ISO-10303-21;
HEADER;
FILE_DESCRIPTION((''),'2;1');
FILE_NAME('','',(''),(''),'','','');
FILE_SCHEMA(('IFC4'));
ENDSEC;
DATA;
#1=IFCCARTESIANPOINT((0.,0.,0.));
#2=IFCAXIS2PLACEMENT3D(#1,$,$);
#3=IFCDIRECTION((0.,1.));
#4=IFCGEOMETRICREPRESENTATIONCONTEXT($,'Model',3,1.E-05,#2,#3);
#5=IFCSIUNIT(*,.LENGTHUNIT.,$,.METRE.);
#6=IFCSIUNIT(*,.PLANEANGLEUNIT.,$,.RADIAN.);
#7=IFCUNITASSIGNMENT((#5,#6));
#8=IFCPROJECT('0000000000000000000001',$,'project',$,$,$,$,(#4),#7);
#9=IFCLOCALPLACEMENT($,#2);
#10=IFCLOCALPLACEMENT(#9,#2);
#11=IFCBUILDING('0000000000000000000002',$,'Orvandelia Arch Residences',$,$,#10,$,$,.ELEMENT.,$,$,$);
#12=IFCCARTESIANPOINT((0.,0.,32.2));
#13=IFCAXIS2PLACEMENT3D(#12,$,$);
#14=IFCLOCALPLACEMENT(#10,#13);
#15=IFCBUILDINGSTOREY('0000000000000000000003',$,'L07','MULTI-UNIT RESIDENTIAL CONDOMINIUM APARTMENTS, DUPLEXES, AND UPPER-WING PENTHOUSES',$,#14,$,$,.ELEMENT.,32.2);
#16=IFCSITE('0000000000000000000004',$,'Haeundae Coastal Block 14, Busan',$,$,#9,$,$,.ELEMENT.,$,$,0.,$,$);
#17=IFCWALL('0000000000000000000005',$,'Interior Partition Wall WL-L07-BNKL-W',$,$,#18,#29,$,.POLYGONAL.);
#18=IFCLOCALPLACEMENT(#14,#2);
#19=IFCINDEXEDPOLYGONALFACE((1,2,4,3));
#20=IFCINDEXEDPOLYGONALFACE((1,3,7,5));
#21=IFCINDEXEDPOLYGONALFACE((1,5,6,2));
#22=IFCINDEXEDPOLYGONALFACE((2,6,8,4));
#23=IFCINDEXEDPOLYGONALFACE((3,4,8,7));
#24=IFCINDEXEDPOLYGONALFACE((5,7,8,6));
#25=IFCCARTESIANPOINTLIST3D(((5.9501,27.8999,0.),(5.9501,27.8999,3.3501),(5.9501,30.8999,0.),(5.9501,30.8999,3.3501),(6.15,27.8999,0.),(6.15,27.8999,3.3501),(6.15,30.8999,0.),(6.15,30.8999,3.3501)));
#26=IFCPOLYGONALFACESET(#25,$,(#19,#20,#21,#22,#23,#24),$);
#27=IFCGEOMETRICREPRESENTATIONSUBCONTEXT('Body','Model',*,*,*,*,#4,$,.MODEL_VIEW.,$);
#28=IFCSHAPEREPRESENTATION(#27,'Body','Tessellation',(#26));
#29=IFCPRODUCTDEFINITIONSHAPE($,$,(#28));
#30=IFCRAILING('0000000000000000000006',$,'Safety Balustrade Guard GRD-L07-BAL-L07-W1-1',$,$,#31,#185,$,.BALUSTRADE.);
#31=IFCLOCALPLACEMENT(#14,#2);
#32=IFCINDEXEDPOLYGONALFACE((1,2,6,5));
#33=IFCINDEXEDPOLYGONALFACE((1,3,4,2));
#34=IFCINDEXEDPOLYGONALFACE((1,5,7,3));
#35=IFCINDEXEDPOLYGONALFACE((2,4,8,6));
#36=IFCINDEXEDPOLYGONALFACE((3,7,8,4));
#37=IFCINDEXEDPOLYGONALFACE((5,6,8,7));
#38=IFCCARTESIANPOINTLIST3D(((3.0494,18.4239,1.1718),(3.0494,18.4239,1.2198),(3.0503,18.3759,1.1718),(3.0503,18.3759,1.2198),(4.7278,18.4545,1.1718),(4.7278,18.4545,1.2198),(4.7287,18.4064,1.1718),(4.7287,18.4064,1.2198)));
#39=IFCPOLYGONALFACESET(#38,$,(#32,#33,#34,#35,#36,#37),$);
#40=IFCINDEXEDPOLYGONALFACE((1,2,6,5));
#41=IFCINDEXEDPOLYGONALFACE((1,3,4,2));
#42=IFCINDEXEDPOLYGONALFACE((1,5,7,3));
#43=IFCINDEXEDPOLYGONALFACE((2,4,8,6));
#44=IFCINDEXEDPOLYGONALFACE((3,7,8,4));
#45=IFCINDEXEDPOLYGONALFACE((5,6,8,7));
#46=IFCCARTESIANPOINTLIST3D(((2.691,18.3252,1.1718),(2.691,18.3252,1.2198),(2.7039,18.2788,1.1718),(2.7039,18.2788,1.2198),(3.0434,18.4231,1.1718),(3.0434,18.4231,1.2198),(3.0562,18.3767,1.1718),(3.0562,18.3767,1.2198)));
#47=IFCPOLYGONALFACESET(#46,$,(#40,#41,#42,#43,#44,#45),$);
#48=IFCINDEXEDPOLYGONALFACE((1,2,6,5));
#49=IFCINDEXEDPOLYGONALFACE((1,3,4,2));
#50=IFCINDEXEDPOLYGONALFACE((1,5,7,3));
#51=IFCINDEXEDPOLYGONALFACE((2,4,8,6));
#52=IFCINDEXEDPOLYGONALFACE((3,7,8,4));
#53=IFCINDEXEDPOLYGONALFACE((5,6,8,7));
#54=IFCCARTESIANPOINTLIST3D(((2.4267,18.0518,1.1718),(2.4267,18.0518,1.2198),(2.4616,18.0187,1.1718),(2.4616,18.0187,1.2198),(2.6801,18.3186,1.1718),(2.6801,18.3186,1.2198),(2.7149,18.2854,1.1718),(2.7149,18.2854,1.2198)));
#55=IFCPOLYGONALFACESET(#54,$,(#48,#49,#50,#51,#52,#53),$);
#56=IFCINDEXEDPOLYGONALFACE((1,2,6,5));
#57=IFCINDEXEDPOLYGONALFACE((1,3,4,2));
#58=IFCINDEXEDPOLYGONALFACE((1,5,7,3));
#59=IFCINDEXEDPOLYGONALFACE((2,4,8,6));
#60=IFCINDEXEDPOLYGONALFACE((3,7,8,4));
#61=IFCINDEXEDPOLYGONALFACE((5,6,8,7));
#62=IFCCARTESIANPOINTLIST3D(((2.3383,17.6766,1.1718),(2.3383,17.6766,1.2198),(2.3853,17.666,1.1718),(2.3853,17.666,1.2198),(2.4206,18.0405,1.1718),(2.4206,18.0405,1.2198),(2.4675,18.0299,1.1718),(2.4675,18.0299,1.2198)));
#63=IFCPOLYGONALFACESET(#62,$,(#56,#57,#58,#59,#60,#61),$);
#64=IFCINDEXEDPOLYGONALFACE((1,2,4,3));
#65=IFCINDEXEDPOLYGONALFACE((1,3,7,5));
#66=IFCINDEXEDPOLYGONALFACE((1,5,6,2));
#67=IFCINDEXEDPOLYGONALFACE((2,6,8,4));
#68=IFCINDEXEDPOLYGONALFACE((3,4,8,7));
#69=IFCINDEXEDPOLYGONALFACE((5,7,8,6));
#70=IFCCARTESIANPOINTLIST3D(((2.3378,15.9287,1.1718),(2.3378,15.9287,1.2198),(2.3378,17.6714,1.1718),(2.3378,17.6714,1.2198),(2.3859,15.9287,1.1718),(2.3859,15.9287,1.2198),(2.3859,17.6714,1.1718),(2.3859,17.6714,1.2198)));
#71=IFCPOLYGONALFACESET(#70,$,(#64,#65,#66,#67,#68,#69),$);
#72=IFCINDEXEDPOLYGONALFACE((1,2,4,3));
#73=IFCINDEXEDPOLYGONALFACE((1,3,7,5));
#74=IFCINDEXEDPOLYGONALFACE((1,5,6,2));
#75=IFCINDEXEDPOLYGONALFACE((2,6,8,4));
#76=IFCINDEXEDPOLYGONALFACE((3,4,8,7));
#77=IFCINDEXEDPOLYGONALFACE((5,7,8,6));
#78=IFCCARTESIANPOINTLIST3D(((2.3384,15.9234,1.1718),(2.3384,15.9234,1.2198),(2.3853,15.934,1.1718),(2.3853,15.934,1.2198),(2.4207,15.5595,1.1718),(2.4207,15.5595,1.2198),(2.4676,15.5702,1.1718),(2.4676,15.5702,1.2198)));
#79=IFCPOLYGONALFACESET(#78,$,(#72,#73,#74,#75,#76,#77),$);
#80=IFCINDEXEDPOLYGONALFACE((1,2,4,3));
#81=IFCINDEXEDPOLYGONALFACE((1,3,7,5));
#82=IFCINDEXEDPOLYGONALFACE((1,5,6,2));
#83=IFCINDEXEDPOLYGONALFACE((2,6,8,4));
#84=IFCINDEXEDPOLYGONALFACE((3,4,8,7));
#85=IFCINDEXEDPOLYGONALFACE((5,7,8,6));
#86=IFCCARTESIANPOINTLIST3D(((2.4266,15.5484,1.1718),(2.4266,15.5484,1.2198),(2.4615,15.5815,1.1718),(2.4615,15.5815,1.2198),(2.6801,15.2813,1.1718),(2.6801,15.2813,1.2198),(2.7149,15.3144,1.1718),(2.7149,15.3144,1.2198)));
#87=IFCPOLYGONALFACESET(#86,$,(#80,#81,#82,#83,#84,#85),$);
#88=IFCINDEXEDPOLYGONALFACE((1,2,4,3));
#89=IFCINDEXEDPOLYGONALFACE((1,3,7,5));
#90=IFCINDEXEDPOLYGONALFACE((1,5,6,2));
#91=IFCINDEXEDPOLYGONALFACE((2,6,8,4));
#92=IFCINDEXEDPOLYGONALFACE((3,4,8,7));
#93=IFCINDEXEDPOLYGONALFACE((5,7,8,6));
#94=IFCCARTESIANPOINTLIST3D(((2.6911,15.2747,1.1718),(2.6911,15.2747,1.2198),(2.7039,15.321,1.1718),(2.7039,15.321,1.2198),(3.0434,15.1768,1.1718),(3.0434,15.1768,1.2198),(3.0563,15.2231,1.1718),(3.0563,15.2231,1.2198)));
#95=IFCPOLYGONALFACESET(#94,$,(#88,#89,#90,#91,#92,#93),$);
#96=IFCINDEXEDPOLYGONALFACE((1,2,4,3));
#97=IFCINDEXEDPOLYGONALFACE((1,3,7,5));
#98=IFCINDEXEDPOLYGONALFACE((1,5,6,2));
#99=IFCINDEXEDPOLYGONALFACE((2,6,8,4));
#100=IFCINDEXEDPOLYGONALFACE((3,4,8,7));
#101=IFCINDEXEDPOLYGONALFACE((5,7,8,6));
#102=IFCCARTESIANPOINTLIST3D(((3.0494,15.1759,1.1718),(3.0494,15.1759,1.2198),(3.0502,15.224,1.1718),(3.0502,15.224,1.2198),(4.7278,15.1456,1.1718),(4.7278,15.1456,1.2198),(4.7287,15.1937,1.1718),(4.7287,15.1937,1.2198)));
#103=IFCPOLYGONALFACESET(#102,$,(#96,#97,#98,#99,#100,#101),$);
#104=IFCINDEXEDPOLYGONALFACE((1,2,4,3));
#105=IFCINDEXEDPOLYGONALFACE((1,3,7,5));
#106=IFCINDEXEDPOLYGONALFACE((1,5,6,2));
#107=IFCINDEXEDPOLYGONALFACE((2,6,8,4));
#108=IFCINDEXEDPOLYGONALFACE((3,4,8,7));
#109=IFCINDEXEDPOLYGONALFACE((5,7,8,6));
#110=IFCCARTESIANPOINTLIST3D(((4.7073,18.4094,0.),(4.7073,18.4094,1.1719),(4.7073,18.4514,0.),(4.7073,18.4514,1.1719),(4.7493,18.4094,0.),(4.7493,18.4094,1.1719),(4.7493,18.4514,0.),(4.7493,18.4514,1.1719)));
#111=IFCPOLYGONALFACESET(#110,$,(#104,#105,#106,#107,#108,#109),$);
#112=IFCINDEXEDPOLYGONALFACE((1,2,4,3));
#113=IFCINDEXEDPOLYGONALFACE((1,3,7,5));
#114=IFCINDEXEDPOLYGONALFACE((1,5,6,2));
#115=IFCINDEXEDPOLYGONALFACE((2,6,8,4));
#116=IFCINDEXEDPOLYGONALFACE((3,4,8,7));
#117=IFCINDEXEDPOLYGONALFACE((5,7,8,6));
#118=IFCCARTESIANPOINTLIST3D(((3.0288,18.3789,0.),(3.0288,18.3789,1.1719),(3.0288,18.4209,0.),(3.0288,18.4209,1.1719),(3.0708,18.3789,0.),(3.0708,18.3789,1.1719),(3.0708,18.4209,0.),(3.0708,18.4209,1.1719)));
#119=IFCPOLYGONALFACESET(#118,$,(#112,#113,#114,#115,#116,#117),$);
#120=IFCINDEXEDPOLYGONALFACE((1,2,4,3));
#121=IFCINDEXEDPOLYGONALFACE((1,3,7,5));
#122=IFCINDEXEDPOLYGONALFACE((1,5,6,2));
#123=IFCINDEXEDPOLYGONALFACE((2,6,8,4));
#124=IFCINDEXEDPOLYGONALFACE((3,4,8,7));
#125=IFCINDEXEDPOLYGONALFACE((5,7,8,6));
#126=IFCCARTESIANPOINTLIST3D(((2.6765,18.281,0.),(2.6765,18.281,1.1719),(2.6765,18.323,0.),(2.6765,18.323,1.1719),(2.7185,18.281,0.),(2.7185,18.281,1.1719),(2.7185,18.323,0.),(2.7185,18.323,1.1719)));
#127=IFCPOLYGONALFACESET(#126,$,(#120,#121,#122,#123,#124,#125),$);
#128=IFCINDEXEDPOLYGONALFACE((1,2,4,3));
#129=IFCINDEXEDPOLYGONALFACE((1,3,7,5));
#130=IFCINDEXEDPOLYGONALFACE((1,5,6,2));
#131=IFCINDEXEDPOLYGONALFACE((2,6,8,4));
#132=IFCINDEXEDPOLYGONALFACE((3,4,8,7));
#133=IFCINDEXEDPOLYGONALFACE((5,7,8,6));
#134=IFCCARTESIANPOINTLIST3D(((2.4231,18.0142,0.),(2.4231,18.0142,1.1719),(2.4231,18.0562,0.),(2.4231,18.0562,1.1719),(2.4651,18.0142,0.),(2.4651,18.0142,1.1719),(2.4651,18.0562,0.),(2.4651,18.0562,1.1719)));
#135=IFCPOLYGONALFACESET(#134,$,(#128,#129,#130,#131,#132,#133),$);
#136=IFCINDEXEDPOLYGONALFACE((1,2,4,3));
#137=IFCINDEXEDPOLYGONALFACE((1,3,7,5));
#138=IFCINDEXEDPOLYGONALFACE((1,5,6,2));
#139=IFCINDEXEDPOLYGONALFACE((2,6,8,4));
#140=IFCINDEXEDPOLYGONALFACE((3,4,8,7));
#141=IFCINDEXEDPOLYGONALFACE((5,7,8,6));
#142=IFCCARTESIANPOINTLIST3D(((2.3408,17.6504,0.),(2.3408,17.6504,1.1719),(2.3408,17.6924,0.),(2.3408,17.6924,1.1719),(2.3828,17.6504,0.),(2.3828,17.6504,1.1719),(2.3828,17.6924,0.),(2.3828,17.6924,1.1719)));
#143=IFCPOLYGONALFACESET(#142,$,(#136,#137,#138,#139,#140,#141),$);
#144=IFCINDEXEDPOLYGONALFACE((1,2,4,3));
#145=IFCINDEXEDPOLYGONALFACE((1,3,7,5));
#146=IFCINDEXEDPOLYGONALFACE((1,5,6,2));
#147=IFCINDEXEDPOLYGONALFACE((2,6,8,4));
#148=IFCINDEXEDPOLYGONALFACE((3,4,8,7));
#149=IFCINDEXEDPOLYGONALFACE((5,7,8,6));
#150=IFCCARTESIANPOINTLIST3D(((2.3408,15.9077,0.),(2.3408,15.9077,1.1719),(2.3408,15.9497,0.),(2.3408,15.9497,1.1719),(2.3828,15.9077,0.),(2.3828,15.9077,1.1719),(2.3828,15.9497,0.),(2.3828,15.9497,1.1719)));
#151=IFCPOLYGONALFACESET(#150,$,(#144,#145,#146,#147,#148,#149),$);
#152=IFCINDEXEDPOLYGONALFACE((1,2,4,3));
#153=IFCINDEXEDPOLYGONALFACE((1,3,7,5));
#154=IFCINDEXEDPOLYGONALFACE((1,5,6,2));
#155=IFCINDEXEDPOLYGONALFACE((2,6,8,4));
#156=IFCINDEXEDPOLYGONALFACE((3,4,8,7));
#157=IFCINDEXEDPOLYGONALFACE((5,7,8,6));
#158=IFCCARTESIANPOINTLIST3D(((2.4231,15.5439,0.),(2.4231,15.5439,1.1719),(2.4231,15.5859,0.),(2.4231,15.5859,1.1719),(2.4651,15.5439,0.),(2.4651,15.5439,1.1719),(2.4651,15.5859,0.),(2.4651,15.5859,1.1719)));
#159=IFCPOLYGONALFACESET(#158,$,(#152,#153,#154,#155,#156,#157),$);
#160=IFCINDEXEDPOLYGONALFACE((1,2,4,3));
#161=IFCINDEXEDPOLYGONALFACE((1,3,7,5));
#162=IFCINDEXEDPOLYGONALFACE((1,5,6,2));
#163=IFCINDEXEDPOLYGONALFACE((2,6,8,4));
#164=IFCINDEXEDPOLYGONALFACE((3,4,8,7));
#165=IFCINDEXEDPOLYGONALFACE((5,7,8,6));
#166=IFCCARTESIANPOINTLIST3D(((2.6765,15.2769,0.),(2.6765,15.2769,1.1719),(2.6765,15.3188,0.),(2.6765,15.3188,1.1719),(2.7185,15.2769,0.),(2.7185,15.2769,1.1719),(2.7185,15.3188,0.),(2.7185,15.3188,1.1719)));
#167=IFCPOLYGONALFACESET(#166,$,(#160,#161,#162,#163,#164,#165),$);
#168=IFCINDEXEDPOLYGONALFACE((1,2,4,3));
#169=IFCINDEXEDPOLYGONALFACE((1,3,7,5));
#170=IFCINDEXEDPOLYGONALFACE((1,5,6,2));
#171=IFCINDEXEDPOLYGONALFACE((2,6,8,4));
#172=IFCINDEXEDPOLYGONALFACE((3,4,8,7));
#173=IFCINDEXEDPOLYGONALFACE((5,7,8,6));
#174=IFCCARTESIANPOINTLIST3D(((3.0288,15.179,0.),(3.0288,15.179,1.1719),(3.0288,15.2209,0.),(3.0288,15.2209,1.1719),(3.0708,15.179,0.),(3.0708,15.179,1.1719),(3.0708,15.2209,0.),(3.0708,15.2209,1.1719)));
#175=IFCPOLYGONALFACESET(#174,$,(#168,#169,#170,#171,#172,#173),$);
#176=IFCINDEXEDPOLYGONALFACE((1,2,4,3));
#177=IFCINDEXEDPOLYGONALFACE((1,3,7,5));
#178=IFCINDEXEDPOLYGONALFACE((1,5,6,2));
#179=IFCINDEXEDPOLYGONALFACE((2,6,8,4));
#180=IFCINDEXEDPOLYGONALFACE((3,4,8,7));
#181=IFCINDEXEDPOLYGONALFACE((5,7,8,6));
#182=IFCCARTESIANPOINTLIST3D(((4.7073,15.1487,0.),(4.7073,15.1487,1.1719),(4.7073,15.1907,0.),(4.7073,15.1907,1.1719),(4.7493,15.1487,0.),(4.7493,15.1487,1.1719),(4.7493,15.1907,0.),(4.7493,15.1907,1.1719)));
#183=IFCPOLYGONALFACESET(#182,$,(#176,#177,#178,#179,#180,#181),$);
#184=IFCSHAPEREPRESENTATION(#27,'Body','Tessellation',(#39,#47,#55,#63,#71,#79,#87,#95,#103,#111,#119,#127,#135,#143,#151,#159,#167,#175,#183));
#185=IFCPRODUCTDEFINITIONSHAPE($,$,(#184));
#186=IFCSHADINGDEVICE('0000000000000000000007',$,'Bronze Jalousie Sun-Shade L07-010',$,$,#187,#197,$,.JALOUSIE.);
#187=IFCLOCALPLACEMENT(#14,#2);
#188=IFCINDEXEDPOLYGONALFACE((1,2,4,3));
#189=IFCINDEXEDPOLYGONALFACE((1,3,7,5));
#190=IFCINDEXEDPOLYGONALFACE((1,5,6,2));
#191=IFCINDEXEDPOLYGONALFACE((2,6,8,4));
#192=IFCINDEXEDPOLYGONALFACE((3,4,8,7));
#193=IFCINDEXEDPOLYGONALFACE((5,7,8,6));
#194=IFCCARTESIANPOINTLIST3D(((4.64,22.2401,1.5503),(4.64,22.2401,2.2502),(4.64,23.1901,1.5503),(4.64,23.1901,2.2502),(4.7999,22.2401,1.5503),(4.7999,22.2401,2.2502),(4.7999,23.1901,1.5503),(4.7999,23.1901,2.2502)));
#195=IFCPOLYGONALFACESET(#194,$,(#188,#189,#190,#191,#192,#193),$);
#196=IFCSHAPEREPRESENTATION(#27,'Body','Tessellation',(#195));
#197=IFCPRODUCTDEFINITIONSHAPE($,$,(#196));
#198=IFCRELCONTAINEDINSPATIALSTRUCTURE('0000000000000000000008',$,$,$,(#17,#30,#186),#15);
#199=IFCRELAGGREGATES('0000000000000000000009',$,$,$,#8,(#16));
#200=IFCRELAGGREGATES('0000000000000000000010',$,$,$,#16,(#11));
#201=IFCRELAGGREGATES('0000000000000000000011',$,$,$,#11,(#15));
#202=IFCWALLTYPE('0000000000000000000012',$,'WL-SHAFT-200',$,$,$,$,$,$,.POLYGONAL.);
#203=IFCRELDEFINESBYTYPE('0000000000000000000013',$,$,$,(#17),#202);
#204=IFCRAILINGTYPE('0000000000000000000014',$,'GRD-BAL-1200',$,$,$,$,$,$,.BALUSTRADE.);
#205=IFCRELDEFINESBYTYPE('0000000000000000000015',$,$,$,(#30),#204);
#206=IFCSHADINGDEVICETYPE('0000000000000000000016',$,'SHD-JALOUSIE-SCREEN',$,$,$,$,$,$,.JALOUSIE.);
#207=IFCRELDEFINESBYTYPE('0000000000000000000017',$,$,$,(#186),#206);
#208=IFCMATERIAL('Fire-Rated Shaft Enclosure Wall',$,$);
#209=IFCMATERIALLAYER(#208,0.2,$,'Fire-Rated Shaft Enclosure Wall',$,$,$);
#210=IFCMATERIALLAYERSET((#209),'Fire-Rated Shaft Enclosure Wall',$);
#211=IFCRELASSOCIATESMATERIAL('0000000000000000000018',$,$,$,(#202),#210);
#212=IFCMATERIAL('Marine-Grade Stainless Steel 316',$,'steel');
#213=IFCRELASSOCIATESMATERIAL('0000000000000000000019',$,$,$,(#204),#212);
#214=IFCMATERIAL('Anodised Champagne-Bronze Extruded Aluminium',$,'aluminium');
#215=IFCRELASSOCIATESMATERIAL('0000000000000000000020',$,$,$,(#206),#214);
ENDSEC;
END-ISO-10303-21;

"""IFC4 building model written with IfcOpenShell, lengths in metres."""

from ifc_helpers import new_model, si_unit, direction, frame, frame_2d, origin, origin_2d, place, context, subcontext, project, spatial, rectangle, extrude, material, layer, layer_set, type_object, element, save


model = new_model("IFC4")

# Units and contexts
model_context = context("Model", 3, precision=1e-05, world=origin(), true_north=direction((0.0, 1.0)))
body_context = subcontext(model_context, "Body", "Model", "MODEL_VIEW")
ifc_project = project(units=[si_unit("LENGTHUNIT", "METRE"), si_unit("PLANEANGLEUNIT", "RADIAN")], contexts=[model_context])

# Site, building, storey
site_placement = place(None, origin())
site = spatial("IfcSite", under=ifc_project, at=site_placement, Name="Haeundae Coastal Block 14, Busan", CompositionType="ELEMENT", RefElevation=0.0)
building_placement = place(site_placement, origin())
building = spatial("IfcBuilding", under=site, at=building_placement, Name="Orvandelia Arch Residences", CompositionType="ELEMENT")
storey_placement = place(building_placement, frame((0.0, 0.0, 32.2)))
storey = spatial("IfcBuildingStorey", under=building, at=storey_placement, Name="L07", Description="MULTI-UNIT RESIDENTIAL CONDOMINIUM APARTMENTS, DUPLEXES, AND UPPER-WING PENTHOUSES", CompositionType="ELEMENT", Elevation=32.2)

# Shared definitions
ifc_material_1 = material(Name="Fire-Rated Shaft Enclosure Wall")
ifc_layer_1 = layer(ifc_material_1, 0.2, Name="Fire-Rated Shaft Enclosure Wall")
ifc_layer_set_1 = layer_set([ifc_layer_1], Name="Fire-Rated Shaft Enclosure Wall")
wall_type_1 = type_object("IfcWallType", Name="WL-SHAFT-200", PredefinedType="POLYGONAL", material=ifc_layer_set_1)

# Wall
wall_1_placement = place(storey_placement, frame((6.05, 27.8999, 0.0), z_axis=(0.0, 0.0, 1.0), x_axis=(0.0, 1.0, 0.0)))
element("IfcWall", 1, at=wall_1_placement, inside=storey, type_object=wall_type_1, Name="Interior Partition Wall WL-L07-BNKL-W", PredefinedType="POLYGONAL", context=body_context, shape_type="SweptSolid", body=[
    extrude(rectangle(XDim=3.0, YDim=0.2, at=frame_2d((1.5, 0.0))), origin(), (0.0, 0.0, 1.0), 3.3501),
])

# Railing
ifc_material_2 = material(Name="Marine-Grade Stainless Steel 316", Category="steel")
railing_type = type_object("IfcRailingType", Name="GRD-BAL-1200", PredefinedType="BALUSTRADE", material=ifc_material_2)
railing_placement = place(storey_placement, frame((4.7283, 18.4304, 0.0)))
element("IfcRailing", 2, at=railing_placement, inside=storey, type_object=railing_type, Name="Safety Balustrade Guard GRD-L07-BAL-L07-W1-1", PredefinedType="BALUSTRADE", context=body_context, shape_type="SweptSolid", body=[
    extrude(rectangle(XDim=0.0481, YDim=0.0481, at=origin_2d()), frame((0.0, 0.0, 1.1958), z_axis=(-0.999835, -0.018179, 0.0), x_axis=(0.018179, -0.999835, 0.0)), (0.0, 0.0, 1.0), 1.6787),
    extrude(rectangle(XDim=0.0481, YDim=0.0481, at=origin_2d()), frame((-1.6785, -0.0305, 1.1958), z_axis=(-0.963489, -0.267747, 0.0), x_axis=(0.267747, -0.963489, 0.0)), (0.0, 0.0, 1.0), 0.3657),
    extrude(rectangle(XDim=0.0481, YDim=0.0481, at=origin_2d()), frame((-2.0308, -0.1284, 1.1958), z_axis=(-0.688627, -0.725115, 0.0), x_axis=(0.725115, -0.688627, 0.0)), (0.0, 0.0, 1.0), 0.3679),
    extrude(rectangle(XDim=0.0481, YDim=0.0481, at=origin_2d()), frame((-2.2842, -0.3953, 1.1958), z_axis=(-0.220602, -0.975364, 0.0), x_axis=(0.975364, -0.220602, 0.0)), (0.0, 0.0, 1.0), 0.373),
    extrude(rectangle(XDim=0.0481, YDim=0.0481, at=origin_2d()), frame((-2.3665, -0.759, 1.1958), z_axis=(0.0, -1.0, 0.0), x_axis=(1.0, 0.0, 0.0)), (0.0, 0.0, 1.0), 1.7427),
    extrude(rectangle(XDim=0.0481, YDim=0.0481, at=origin_2d()), frame((-2.3665, -2.5017, 1.1958), z_axis=(0.220602, -0.975364, 0.0), x_axis=(0.975364, 0.220602, 0.0)), (0.0, 0.0, 1.0), 0.373),
    extrude(rectangle(XDim=0.0481, YDim=0.0481, at=origin_2d()), frame((-2.2842, -2.8655, 1.1958), z_axis=(0.688296, -0.72543, 0.0), x_axis=(0.72543, 0.688296, 0.0)), (0.0, 0.0, 1.0), 0.3682),
    extrude(rectangle(XDim=0.0481, YDim=0.0481, at=origin_2d()), frame((-2.0308, -3.1326, 1.1958), z_axis=(0.963489, -0.267747, 0.0), x_axis=(0.267747, 0.963489, 0.0)), (0.0, 0.0, 1.0), 0.3657),
    extrude(rectangle(XDim=0.0481, YDim=0.0481, at=origin_2d()), frame((-1.6785, -3.2305, 1.1958), z_axis=(0.999837, -0.018033, 0.0), x_axis=(0.018033, 0.999837, 0.0)), (0.0, 0.0, 1.0), 1.6787),
    extrude(rectangle(XDim=0.042, YDim=0.042, at=origin_2d()), origin(), (0.0, 0.0, 1.0), 1.1719),
    extrude(rectangle(XDim=0.042, YDim=0.042, at=origin_2d()), frame((-1.6785, -0.0305, 0.0)), (0.0, 0.0, 1.0), 1.1719),
    extrude(rectangle(XDim=0.042, YDim=0.042, at=origin_2d()), frame((-2.0308, -0.1284, 0.0)), (0.0, 0.0, 1.0), 1.1719),
    extrude(rectangle(XDim=0.042, YDim=0.042, at=origin_2d()), frame((-2.2842, -0.3953, 0.0)), (0.0, 0.0, 1.0), 1.1719),
    extrude(rectangle(XDim=0.042, YDim=0.042, at=origin_2d()), frame((-2.3665, -0.759, 0.0)), (0.0, 0.0, 1.0), 1.1719),
    extrude(rectangle(XDim=0.042, YDim=0.042, at=origin_2d()), frame((-2.3665, -2.5017, 0.0)), (0.0, 0.0, 1.0), 1.1719),
    extrude(rectangle(XDim=0.042, YDim=0.042, at=origin_2d()), frame((-2.2842, -2.8655, 0.0)), (0.0, 0.0, 1.0), 1.1719),
    extrude(rectangle(XDim=0.042, YDim=0.042, at=origin_2d()), frame((-2.0308, -3.1326, 0.0)), (0.0, 0.0, 1.0), 1.1719),
    extrude(rectangle(XDim=0.042, YDim=0.042, at=origin_2d()), frame((-1.6785, -3.2305, 0.0)), (0.0, 0.0, 1.0), 1.1719),
    extrude(rectangle(XDim=0.042, YDim=0.042, at=origin_2d()), frame((0.0, -3.2607, 0.0)), (0.0, 0.0, 1.0), 1.1719),
])

# Shading device
ifc_material_3 = material(Name="Anodised Champagne-Bronze Extruded Aluminium", Category="aluminium")
shading_device_type = type_object("IfcShadingDeviceType", Name="SHD-JALOUSIE-SCREEN", PredefinedType="JALOUSIE", material=ifc_material_3)
shading_device_placement = place(storey_placement, frame((4.72, 22.7151, 1.5503), z_axis=(0.0, 0.0, 1.0), x_axis=(0.0, 1.0, 0.0)))
element("IfcShadingDevice", 3, at=shading_device_placement, inside=storey, type_object=shading_device_type, Name="Bronze Jalousie Sun-Shade L07-010", PredefinedType="JALOUSIE", context=body_context, shape_type="SweptSolid", body=[
    extrude(rectangle(XDim=0.95, YDim=0.1599, at=origin_2d()), origin(), (0.0, 0.0, 1.0), 0.7),
])

save(model, "model.ifc")
